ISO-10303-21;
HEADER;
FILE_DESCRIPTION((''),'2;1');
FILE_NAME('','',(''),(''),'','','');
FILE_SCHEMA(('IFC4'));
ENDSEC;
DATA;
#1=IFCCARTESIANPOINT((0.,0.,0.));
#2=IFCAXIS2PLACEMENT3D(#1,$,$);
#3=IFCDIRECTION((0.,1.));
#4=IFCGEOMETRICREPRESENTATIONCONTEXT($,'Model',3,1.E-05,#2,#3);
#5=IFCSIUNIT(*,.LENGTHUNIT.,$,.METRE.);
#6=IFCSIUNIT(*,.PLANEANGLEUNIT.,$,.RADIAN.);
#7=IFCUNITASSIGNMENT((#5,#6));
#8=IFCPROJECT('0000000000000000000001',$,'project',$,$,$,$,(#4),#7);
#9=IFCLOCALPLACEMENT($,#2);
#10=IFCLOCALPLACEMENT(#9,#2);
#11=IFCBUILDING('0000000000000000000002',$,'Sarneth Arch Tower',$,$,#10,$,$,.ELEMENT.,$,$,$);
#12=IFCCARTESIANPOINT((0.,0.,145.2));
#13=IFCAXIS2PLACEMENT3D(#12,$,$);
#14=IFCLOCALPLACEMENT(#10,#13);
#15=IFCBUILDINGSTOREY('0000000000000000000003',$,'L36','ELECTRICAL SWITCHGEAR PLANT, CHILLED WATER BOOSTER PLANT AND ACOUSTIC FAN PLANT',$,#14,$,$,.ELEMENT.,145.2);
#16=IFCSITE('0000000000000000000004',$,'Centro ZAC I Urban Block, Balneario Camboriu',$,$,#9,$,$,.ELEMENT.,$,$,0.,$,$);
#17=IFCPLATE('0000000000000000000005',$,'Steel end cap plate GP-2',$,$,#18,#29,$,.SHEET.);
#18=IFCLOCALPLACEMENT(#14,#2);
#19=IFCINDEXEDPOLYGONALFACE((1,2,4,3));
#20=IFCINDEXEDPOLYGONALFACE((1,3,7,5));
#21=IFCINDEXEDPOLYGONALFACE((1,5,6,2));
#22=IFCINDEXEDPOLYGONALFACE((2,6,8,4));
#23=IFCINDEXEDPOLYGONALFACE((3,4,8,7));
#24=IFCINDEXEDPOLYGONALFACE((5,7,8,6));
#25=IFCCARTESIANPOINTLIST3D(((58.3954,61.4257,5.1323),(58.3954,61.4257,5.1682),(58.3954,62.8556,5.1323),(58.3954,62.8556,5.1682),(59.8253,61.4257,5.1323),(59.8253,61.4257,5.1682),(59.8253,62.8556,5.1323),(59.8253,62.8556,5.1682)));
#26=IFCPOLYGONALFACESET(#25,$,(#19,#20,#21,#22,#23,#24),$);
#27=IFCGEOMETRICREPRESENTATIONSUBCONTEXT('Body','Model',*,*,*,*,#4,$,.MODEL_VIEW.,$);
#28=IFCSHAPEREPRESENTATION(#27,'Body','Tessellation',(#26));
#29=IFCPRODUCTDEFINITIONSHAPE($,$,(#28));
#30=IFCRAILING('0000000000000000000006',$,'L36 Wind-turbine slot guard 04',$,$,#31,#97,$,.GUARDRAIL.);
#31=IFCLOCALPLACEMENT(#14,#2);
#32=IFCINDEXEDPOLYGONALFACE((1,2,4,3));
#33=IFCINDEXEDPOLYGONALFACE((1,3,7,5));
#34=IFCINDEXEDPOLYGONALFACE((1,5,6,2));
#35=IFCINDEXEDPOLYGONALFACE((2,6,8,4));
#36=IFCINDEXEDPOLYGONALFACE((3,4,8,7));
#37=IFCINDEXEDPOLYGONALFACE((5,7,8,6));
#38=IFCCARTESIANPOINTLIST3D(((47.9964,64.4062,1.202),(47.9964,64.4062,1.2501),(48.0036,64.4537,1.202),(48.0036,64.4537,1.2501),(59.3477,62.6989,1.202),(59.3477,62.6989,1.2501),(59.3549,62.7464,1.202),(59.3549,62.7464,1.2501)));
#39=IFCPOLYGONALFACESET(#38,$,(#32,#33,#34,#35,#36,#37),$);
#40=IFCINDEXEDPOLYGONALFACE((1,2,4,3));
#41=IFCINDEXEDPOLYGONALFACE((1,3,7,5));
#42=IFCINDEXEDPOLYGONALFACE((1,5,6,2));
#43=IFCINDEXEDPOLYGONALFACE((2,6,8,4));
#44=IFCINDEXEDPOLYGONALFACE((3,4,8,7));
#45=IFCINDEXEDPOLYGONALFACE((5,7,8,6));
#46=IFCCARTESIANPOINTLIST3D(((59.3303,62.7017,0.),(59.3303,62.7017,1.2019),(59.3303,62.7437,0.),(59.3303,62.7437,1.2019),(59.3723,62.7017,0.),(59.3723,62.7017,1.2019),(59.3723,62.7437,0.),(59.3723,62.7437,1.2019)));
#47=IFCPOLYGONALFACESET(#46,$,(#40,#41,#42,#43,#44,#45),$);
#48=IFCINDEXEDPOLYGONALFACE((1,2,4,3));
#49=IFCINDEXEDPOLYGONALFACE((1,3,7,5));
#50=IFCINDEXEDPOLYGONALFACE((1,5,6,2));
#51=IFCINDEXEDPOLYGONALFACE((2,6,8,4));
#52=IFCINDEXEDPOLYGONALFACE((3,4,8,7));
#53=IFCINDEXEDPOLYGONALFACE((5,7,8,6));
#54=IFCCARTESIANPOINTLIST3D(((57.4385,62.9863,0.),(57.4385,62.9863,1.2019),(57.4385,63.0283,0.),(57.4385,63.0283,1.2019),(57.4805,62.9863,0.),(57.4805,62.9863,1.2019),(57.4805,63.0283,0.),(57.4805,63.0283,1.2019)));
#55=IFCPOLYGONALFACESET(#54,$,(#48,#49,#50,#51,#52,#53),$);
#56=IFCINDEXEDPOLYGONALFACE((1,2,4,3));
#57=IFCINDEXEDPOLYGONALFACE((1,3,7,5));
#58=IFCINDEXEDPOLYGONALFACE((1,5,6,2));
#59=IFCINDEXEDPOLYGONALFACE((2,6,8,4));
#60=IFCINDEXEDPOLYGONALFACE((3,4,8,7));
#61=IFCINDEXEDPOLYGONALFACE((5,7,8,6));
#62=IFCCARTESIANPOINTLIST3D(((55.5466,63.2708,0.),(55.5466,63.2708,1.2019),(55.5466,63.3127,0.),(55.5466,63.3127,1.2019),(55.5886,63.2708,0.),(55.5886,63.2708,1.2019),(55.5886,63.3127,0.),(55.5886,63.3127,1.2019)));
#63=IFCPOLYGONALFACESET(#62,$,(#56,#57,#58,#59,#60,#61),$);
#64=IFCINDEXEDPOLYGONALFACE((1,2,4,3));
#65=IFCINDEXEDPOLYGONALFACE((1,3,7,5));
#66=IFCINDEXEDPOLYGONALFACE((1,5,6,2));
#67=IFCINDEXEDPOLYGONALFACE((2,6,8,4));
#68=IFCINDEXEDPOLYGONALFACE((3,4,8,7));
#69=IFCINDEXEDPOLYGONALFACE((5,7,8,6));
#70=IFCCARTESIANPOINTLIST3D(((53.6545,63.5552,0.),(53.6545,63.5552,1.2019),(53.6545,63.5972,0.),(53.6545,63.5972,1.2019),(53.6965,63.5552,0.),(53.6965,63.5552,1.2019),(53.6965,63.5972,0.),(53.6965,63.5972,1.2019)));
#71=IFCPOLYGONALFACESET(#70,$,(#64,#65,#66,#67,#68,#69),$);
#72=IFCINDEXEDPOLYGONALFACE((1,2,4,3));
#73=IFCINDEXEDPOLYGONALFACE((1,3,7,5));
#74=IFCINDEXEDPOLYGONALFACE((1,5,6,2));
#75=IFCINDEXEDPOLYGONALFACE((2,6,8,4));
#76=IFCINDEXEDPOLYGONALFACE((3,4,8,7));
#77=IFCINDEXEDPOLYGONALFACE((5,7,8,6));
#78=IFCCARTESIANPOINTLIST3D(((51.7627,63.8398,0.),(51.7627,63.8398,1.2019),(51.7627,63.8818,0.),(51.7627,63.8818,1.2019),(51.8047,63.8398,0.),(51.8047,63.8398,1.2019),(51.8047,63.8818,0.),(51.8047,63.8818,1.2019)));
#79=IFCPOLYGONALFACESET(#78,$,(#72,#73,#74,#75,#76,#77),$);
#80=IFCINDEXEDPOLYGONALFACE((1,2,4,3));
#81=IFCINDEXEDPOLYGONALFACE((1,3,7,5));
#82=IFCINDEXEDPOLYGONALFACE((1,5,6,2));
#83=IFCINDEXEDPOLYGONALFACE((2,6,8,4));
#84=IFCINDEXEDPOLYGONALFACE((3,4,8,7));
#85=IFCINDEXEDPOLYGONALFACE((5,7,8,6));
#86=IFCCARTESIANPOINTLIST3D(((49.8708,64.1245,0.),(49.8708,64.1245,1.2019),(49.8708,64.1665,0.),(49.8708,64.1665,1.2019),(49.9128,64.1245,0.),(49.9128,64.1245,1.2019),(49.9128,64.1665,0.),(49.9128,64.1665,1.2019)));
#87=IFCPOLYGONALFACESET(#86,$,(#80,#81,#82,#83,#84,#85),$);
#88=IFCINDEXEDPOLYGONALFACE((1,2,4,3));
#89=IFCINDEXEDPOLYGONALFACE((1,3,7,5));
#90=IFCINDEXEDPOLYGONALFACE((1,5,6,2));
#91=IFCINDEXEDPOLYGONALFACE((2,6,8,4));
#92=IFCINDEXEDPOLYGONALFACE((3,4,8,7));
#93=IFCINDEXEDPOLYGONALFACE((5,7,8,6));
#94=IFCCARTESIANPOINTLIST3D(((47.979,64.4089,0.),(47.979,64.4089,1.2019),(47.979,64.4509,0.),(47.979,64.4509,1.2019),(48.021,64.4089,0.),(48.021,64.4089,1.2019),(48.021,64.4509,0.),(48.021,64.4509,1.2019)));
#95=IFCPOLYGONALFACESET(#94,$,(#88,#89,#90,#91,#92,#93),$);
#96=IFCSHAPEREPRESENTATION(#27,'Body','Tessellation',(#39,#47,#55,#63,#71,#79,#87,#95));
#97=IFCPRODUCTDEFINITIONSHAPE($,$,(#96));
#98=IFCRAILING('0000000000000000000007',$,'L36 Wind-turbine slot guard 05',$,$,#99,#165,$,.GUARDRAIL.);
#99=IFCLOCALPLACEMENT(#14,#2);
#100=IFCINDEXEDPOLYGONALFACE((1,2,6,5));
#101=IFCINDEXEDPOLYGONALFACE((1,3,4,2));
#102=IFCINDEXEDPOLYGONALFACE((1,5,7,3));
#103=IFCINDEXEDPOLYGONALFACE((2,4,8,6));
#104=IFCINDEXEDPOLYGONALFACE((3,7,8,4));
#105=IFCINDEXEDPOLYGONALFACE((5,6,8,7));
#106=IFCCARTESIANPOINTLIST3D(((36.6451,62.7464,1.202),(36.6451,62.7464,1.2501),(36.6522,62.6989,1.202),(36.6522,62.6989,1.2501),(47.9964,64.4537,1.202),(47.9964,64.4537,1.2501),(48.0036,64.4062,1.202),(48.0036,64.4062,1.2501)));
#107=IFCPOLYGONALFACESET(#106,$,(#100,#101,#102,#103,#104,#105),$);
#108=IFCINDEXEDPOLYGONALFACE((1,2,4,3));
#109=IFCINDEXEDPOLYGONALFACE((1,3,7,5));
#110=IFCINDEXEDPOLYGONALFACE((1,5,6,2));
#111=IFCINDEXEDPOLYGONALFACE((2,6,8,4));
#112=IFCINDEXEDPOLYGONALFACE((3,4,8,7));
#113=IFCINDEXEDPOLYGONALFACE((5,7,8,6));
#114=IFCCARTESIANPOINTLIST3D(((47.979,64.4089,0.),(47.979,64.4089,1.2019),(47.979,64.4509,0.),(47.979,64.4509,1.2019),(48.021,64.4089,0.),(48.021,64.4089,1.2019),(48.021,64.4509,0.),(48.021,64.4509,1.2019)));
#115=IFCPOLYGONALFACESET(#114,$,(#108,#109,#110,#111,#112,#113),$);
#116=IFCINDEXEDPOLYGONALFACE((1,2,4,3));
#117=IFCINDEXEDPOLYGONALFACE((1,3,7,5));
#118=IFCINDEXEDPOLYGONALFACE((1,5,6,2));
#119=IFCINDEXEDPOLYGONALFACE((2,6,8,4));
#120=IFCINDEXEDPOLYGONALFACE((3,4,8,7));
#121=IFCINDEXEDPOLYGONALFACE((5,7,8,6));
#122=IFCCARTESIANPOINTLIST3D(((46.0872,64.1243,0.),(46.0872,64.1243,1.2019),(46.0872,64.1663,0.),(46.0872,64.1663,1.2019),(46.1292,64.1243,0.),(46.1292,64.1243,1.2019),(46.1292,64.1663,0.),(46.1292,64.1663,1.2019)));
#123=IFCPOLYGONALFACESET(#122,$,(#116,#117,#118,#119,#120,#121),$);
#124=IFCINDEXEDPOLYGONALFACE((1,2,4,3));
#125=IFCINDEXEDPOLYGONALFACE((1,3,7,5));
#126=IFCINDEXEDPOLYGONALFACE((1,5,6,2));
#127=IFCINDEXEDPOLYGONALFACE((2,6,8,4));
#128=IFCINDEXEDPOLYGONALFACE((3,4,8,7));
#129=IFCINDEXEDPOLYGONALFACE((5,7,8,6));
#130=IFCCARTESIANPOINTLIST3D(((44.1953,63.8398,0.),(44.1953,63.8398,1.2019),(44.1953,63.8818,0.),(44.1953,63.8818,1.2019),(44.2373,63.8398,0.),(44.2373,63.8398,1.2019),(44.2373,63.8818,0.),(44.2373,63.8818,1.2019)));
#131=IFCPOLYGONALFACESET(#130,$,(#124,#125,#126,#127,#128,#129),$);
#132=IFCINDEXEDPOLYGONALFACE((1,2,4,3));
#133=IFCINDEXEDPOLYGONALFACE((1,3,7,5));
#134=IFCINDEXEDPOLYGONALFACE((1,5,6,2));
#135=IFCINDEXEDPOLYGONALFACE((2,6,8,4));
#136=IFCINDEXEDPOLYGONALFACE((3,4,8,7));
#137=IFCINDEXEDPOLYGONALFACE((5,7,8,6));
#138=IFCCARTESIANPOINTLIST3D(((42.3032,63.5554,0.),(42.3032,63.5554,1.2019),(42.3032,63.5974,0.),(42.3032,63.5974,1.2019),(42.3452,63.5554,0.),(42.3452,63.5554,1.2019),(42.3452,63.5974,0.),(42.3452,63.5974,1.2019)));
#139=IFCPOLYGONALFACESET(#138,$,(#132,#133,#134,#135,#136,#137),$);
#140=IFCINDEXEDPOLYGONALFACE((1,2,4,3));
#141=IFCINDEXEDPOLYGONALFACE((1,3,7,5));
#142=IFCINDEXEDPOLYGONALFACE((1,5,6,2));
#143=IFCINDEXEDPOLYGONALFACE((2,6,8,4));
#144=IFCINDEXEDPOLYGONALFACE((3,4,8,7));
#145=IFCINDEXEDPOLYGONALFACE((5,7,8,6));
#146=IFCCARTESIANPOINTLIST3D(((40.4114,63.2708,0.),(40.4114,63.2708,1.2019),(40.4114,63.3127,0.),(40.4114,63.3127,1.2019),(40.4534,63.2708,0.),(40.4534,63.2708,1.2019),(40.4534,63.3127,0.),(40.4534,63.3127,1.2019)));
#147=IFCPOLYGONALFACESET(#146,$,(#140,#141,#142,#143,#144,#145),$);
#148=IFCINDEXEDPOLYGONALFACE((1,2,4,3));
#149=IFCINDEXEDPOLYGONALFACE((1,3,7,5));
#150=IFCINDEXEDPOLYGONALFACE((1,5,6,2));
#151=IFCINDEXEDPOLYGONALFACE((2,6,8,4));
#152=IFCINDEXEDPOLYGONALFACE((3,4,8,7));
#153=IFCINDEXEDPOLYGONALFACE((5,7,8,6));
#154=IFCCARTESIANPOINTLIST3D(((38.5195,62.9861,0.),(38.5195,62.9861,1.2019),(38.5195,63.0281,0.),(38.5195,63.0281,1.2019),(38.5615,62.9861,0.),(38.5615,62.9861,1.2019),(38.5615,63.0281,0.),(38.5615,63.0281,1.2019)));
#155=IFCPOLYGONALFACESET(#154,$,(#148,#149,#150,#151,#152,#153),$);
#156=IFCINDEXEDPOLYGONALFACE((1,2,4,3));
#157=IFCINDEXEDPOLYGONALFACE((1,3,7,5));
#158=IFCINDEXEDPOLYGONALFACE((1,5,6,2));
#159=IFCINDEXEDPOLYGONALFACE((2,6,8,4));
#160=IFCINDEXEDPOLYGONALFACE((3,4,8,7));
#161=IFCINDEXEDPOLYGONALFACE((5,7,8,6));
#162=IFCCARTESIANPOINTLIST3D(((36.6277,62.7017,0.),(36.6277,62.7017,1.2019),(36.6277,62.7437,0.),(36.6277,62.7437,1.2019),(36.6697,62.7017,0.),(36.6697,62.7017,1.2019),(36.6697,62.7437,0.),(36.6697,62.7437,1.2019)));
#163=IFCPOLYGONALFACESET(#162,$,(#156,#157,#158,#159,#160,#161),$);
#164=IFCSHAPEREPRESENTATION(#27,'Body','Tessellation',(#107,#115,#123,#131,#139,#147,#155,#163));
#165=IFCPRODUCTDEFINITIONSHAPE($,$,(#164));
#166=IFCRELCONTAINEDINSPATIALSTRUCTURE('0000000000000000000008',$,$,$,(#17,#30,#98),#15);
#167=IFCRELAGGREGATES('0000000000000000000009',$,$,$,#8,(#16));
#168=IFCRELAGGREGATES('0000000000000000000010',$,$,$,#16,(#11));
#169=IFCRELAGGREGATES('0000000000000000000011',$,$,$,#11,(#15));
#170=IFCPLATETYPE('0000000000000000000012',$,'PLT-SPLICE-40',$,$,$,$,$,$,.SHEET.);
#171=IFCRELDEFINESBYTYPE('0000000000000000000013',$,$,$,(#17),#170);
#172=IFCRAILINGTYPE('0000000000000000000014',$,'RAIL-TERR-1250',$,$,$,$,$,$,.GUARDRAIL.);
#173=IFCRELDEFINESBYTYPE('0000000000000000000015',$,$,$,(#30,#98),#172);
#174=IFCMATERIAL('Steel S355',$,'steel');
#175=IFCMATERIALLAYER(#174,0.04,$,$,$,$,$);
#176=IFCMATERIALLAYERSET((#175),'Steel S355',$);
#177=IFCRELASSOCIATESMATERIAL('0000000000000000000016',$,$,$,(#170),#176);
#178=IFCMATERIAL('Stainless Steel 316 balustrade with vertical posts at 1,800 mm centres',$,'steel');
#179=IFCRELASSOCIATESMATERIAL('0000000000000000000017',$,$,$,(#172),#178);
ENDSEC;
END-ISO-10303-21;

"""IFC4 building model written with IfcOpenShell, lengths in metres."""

from ifc_helpers import new_model, si_unit, direction, frame, origin, origin_2d, place, context, subcontext, project, spatial, rectangle, extrude, material, layer, layer_set, type_object, element, save


model = new_model("IFC4")

# Units and contexts
model_context = context("Model", 3, precision=1e-05, world=origin(), true_north=direction((0.0, 1.0)))
body_context = subcontext(model_context, "Body", "Model", "MODEL_VIEW")
ifc_project = project(units=[si_unit("LENGTHUNIT", "METRE"), si_unit("PLANEANGLEUNIT", "RADIAN")], contexts=[model_context])

# Site, building, storey
site_placement = place(None, origin())
site = spatial("IfcSite", under=ifc_project, at=site_placement, Name="Centro ZAC I Urban Block, Balneario Camboriu", CompositionType="ELEMENT", RefElevation=0.0)
building_placement = place(site_placement, origin())
building = spatial("IfcBuilding", under=site, at=building_placement, Name="Sarneth Arch Tower", CompositionType="ELEMENT")
storey_placement = place(building_placement, frame((0.0, 0.0, 145.2)))
storey = spatial("IfcBuildingStorey", under=building, at=storey_placement, Name="L36", Description="ELECTRICAL SWITCHGEAR PLANT, CHILLED WATER BOOSTER PLANT AND ACOUSTIC FAN PLANT", CompositionType="ELEMENT", Elevation=145.2)

# Plate
ifc_material_1 = material(Name="Steel S355", Category="steel")
ifc_layer_1 = layer(ifc_material_1, 0.04)
ifc_layer_set_1 = layer_set([ifc_layer_1], Name="Steel S355")
plate_type_1 = type_object("IfcPlateType", Name="PLT-SPLICE-40", PredefinedType="SHEET", material=ifc_layer_set_1)
plate_1_placement = place(storey_placement, frame((59.1104, 62.1406, 5.1323), z_axis=(0.0, 0.0, 1.0), x_axis=(1.0, 0.0, 0.0)))
element("IfcPlate", 1, at=plate_1_placement, inside=storey, type_object=plate_type_1, Name="Steel end cap plate GP-2", PredefinedType="SHEET", context=body_context, shape_type="SweptSolid", body=[
    extrude(rectangle(XDim=1.4299, YDim=1.4299, at=origin_2d()), origin(), (0.0, 0.0, 1.0), 0.0359),
])

# Railings
ifc_material_2 = material(Name="Stainless Steel 316 balustrade with vertical posts at 1,800 mm centres", Category="steel")
railing_type = type_object("IfcRailingType", Name="RAIL-TERR-1250", PredefinedType="GUARDRAIL", material=ifc_material_2)
railing_1_placement = place(storey_placement, frame((59.3513, 62.7227, 0.0)))
element("IfcRailing", 2, at=railing_1_placement, inside=storey, type_object=railing_type, Name="L36 Wind-turbine slot guard 04", PredefinedType="GUARDRAIL", context=body_context, shape_type="SweptSolid", body=[
    extrude(rectangle(XDim=0.0481, YDim=0.0481, at=origin_2d()), frame((0.0, 0.0, 1.2261), z_axis=(-0.988878, 0.14873, 0.0), x_axis=(-0.14873, -0.988878, 0.0)), (0.0, 0.0, 1.0), 11.479),
    extrude(rectangle(XDim=0.042, YDim=0.042, at=origin_2d()), origin(), (0.0, 0.0, 1.0), 1.2019),
    extrude(rectangle(XDim=0.042, YDim=0.042, at=origin_2d()), frame((-1.8918, 0.2847, 0.0)), (0.0, 0.0, 1.0), 1.2019),
    extrude(rectangle(XDim=0.042, YDim=0.042, at=origin_2d()), frame((-3.7837, 0.5691, 0.0)), (0.0, 0.0, 1.0), 1.2019),
    extrude(rectangle(XDim=0.042, YDim=0.042, at=origin_2d()), frame((-5.6758, 0.8535, 0.0)), (0.0, 0.0, 1.0), 1.2019),
    extrude(rectangle(XDim=0.042, YDim=0.042, at=origin_2d()), frame((-7.5676, 1.1382, 0.0)), (0.0, 0.0, 1.0), 1.2019),
    extrude(rectangle(XDim=0.042, YDim=0.042, at=origin_2d()), frame((-9.4595, 1.4229, 0.0)), (0.0, 0.0, 1.0), 1.2019),
    extrude(rectangle(XDim=0.042, YDim=0.042, at=origin_2d()), frame((-11.3513, 1.7073, 0.0)), (0.0, 0.0, 1.0), 1.2019),
])
railing_2_placement = place(storey_placement, frame((48.0, 64.4299, 0.0)))
element("IfcRailing", 3, at=railing_2_placement, inside=storey, type_object=railing_type, Name="L36 Wind-turbine slot guard 05", PredefinedType="GUARDRAIL", context=body_context, shape_type="SweptSolid", body=[
    extrude(rectangle(XDim=0.0481, YDim=0.0481, at=origin_2d()), frame((0.0, 0.0, 1.2261), z_axis=(-0.988878, -0.14873, 0.0), x_axis=(0.14873, -0.988878, 0.0)), (0.0, 0.0, 1.0), 11.479),
    extrude(rectangle(XDim=0.042, YDim=0.042, at=origin_2d()), origin(), (0.0, 0.0, 1.0), 1.2019),
    extrude(rectangle(XDim=0.042, YDim=0.042, at=origin_2d()), frame((-1.8918, -0.2847, 0.0)), (0.0, 0.0, 1.0), 1.2019),
    extrude(rectangle(XDim=0.042, YDim=0.042, at=origin_2d()), frame((-3.7837, -0.5691, 0.0)), (0.0, 0.0, 1.0), 1.2019),
    extrude(rectangle(XDim=0.042, YDim=0.042, at=origin_2d()), frame((-5.6758, -0.8535, 0.0)), (0.0, 0.0, 1.0), 1.2019),
    extrude(rectangle(XDim=0.042, YDim=0.042, at=origin_2d()), frame((-7.5676, -1.1382, 0.0)), (0.0, 0.0, 1.0), 1.2019),
    extrude(rectangle(XDim=0.042, YDim=0.042, at=origin_2d()), frame((-9.4595, -1.4229, 0.0)), (0.0, 0.0, 1.0), 1.2019),
    extrude(rectangle(XDim=0.042, YDim=0.042, at=origin_2d()), frame((-11.3513, -1.7073, 0.0)), (0.0, 0.0, 1.0), 1.2019),
])

save(model, "model.ifc")
